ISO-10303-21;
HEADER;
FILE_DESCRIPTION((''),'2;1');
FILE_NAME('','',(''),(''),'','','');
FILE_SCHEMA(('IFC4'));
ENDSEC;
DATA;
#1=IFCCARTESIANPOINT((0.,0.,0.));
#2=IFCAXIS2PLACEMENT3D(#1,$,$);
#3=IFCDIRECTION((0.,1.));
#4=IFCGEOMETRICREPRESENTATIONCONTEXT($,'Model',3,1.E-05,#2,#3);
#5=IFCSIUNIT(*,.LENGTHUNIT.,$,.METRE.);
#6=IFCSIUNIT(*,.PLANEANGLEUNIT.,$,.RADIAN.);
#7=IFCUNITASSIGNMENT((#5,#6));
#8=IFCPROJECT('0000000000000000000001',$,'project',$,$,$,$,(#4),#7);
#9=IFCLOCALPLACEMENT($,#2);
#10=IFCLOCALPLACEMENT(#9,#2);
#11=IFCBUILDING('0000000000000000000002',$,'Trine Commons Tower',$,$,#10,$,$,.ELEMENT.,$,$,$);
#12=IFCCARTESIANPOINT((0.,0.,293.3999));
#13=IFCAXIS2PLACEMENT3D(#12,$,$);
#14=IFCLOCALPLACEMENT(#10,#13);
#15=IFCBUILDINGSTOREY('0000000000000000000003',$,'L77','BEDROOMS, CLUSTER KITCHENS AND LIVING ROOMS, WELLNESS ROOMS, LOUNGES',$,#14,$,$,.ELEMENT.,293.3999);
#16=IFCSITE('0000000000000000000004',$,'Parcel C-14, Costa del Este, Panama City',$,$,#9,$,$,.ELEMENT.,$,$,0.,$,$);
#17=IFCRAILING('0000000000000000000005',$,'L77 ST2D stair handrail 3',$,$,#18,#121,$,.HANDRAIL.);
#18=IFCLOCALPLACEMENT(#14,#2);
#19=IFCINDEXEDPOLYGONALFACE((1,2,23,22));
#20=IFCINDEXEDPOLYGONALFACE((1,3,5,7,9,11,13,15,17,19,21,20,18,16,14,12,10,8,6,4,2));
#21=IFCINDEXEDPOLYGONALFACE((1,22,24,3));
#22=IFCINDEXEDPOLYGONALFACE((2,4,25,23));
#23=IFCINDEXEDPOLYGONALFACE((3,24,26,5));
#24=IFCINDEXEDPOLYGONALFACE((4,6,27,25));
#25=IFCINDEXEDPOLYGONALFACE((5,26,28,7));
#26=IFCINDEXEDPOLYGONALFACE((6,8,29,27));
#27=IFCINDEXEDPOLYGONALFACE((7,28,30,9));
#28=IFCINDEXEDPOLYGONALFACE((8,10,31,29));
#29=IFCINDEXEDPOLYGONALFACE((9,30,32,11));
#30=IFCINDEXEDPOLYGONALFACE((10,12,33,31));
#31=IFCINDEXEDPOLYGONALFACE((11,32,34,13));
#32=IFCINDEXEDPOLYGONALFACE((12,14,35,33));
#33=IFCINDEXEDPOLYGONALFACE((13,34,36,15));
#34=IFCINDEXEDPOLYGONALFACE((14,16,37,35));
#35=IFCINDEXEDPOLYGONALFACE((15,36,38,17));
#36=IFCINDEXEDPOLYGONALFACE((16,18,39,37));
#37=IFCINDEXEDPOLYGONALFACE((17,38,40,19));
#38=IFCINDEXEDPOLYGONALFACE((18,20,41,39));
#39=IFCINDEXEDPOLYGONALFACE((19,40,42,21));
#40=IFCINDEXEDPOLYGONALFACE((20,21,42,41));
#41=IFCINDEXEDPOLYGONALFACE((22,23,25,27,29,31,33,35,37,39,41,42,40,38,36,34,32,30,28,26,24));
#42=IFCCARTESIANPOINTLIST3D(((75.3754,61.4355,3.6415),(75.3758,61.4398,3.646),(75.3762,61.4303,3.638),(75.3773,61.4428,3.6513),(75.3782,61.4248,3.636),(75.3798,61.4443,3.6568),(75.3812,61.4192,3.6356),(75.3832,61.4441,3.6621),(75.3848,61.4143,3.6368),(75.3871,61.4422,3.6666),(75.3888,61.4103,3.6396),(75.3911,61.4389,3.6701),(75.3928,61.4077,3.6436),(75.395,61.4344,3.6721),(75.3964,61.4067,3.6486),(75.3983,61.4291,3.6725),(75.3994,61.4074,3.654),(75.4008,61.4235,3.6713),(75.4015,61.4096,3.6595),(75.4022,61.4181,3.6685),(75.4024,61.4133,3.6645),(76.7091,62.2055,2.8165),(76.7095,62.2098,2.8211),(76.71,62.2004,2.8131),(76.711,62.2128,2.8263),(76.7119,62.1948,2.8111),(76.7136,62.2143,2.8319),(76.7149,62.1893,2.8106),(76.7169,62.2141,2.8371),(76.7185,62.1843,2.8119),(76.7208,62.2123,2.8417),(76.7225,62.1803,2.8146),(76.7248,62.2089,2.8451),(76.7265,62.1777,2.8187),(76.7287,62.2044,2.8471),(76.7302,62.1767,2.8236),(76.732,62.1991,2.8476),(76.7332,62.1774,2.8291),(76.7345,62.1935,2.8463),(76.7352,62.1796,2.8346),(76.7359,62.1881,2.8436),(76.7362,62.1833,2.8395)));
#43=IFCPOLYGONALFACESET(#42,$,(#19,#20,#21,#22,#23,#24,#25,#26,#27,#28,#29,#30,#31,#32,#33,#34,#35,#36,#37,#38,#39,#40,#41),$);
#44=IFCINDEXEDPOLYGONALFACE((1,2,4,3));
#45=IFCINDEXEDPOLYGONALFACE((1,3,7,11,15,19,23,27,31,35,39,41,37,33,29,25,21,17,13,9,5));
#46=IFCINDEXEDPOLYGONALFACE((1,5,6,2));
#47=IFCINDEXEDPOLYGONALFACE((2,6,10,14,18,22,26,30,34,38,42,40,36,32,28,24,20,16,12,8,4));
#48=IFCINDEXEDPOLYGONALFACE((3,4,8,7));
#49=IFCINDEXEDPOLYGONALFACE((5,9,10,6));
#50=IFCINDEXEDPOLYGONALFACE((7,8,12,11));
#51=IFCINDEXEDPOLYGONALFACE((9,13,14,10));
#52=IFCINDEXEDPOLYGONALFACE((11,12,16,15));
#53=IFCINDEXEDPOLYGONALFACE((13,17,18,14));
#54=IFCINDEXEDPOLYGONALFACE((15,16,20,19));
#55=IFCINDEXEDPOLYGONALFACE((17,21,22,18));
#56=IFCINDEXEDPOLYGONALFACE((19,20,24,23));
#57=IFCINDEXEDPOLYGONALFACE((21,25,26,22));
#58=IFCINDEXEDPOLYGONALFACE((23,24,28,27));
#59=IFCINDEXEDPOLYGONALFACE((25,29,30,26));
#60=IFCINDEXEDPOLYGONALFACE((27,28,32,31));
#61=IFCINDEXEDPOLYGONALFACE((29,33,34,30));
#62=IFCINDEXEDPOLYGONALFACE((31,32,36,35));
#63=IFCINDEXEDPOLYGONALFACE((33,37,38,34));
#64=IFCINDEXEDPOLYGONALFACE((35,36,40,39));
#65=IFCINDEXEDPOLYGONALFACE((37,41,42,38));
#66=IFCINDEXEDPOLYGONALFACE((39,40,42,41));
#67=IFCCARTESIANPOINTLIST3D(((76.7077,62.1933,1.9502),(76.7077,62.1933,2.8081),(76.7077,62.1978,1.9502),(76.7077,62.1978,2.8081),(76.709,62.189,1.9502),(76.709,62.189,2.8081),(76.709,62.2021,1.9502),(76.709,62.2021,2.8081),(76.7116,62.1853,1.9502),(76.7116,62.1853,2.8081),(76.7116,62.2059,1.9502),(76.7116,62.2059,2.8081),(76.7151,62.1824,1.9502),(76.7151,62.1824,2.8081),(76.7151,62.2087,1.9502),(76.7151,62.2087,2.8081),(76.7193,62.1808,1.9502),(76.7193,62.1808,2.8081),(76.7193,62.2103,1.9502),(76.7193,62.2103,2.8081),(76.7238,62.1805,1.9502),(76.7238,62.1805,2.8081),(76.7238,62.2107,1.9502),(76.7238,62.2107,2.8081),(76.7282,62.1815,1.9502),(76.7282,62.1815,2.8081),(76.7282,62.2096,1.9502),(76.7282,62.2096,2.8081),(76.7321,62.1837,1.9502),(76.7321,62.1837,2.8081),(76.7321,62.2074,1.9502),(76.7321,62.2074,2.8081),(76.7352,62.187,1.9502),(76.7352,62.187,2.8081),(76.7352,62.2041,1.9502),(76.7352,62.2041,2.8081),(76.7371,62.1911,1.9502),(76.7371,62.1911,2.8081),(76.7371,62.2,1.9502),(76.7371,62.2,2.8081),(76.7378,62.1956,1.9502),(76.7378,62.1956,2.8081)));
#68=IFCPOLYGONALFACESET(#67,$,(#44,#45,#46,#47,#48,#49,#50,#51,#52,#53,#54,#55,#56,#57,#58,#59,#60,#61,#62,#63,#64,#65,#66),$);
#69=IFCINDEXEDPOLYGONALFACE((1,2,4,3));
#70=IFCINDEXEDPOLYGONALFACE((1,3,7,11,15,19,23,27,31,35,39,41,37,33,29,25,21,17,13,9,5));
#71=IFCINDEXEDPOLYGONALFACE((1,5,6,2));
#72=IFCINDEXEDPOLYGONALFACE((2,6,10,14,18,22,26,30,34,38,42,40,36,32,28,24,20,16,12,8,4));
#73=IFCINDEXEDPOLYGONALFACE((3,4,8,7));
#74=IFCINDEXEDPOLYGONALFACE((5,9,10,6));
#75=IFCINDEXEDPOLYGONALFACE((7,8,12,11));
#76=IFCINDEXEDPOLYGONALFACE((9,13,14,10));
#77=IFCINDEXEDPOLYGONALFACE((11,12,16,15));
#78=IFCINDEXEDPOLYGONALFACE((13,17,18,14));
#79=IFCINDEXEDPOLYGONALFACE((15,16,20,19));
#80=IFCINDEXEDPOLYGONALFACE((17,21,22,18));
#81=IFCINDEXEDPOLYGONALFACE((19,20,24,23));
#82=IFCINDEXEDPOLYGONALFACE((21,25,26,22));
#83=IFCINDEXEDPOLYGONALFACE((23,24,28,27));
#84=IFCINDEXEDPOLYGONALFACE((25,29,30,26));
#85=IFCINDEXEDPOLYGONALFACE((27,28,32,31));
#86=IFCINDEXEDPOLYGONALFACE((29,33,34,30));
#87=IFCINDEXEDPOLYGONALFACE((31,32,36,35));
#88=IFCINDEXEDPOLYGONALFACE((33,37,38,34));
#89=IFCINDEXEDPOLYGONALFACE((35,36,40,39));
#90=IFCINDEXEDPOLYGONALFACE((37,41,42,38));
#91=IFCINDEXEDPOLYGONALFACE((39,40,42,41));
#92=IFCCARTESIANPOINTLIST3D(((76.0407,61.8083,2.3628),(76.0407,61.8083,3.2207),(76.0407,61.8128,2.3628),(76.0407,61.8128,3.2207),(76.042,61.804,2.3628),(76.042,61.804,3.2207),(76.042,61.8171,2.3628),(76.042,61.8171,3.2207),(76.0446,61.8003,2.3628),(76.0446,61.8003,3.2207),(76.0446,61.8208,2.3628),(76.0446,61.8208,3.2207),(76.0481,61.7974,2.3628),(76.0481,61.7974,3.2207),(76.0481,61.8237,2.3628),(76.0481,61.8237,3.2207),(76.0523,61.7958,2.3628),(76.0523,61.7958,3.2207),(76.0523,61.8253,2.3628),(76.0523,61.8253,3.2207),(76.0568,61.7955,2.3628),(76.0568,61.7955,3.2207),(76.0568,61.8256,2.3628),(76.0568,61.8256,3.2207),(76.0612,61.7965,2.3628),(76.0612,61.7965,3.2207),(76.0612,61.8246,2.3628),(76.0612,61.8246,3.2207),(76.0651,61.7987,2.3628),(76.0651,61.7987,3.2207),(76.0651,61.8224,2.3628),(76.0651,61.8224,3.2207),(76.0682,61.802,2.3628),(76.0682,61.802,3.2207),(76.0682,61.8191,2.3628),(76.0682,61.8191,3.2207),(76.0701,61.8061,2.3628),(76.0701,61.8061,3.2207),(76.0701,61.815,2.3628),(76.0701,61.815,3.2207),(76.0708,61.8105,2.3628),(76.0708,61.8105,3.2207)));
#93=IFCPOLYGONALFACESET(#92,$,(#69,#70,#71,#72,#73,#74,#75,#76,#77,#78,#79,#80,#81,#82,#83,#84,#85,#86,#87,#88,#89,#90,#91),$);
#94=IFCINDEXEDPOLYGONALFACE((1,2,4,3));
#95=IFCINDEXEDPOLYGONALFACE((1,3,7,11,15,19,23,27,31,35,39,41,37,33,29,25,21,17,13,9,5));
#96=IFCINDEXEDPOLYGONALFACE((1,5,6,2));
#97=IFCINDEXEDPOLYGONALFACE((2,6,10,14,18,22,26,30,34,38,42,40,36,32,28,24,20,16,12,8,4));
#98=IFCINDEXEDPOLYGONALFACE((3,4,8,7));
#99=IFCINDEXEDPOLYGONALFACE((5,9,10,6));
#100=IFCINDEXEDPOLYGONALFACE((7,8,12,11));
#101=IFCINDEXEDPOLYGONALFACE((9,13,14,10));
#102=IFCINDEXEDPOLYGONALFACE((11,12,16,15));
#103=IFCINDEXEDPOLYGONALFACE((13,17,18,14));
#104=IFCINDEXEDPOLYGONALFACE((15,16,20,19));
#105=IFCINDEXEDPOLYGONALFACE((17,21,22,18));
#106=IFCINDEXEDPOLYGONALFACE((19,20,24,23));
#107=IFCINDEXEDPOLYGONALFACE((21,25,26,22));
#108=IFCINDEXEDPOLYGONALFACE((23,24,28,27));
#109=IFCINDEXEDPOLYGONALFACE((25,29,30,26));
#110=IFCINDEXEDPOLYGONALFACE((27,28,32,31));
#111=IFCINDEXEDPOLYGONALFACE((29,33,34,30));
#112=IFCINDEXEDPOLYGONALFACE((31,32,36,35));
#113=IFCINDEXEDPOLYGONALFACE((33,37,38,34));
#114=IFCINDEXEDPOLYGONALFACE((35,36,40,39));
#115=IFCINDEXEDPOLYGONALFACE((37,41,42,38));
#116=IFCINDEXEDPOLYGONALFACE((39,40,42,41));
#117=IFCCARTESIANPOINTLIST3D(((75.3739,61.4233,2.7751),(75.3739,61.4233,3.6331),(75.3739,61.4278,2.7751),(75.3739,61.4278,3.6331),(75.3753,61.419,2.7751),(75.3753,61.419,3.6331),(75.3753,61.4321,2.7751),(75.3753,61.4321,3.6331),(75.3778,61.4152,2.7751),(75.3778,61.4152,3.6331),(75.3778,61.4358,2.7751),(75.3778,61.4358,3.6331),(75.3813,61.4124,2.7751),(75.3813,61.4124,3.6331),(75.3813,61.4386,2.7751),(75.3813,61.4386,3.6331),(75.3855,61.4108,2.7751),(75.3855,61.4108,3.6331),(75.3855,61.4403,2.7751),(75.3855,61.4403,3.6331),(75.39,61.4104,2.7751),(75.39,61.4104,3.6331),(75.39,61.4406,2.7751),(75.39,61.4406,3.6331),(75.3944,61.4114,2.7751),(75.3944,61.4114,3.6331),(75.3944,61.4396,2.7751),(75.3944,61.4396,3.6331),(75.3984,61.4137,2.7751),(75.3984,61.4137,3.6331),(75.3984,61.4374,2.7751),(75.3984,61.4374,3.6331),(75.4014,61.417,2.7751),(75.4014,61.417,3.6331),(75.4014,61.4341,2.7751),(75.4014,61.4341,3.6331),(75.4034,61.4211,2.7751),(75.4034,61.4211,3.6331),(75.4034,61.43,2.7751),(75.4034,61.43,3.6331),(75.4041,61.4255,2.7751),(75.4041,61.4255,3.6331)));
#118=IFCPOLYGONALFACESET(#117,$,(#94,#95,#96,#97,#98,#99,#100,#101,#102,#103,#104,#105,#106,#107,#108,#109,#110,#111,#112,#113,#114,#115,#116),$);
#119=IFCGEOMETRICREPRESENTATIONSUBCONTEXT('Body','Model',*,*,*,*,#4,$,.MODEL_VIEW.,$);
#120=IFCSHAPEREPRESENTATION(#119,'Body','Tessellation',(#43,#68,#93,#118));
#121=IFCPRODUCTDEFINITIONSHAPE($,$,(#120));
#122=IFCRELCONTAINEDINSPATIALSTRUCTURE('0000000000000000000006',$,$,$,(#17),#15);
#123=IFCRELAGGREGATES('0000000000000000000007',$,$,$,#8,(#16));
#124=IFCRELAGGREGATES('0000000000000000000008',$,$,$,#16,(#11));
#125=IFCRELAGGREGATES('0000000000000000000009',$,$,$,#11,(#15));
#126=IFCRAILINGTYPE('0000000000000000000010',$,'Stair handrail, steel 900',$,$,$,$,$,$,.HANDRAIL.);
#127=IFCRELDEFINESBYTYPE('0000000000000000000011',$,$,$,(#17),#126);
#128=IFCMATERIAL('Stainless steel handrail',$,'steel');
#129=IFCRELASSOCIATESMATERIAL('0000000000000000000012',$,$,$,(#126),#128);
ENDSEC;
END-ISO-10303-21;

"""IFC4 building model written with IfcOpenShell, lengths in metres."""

from ifc_helpers import new_model, si_unit, direction, frame, origin, origin_2d, place, context, subcontext, project, spatial, circle, extrude, material, type_object, element, save


model = new_model("IFC4")

# Units and contexts
model_context = context("Model", 3, precision=1e-05, world=origin(), true_north=direction((0.0, 1.0)))
body_context = subcontext(model_context, "Body", "Model", "MODEL_VIEW")
ifc_project = project(units=[si_unit("LENGTHUNIT", "METRE"), si_unit("PLANEANGLEUNIT", "RADIAN")], contexts=[model_context])

# Site, building, storey
site_placement = place(None, origin())
site = spatial("IfcSite", under=ifc_project, at=site_placement, Name="Parcel C-14, Costa del Este, Panama City", CompositionType="ELEMENT", RefElevation=0.0)
building_placement = place(site_placement, origin())
building = spatial("IfcBuilding", under=site, at=building_placement, Name="Trine Commons Tower", CompositionType="ELEMENT")
storey_placement = place(building_placement, frame((0.0, 0.0, 293.3999)))
storey = spatial("IfcBuildingStorey", under=building, at=storey_placement, Name="L77", Description="BEDROOMS, CLUSTER KITCHENS AND LIVING ROOMS, WELLNESS ROOMS, LOUNGES", CompositionType="ELEMENT", Elevation=293.3999)

# Railing
ifc_material_1 = material(Name="Stainless steel handrail", Category="steel")
railing_type_1 = type_object("IfcRailingType", Name="Stair handrail, steel 900", PredefinedType="HANDRAIL", material=ifc_material_1)
for number, where, name in (
    (1, (76.7227, 62.1956, 1.9502), "L77 ST2D stair handrail 3"),
):
    element("IfcRailing", number, at=place(storey_placement, frame(where)), inside=storey, type_object=railing_type_1, Name=name, PredefinedType="HANDRAIL", context=body_context, shape_type="SweptSolid", body=[
        extrude(circle(Radius=0.021, at=origin_2d()), frame((0.0, 0.0, 0.8789), z_axis=(-0.763405, -0.440743, 0.472185), x_axis=(0.499992, -0.86603, 0.0)), (0.0, 0.0, 1.0), 1.7471),
        extrude(circle(Radius=0.0151, at=origin_2d()), origin(), (0.0, 0.0, 1.0), 0.8579),
        extrude(circle(Radius=0.0151, at=origin_2d()), frame((-0.667, -0.385, 0.4126)), (0.0, 0.0, 1.0), 0.8579),
        extrude(circle(Radius=0.0151, at=origin_2d()), frame((-1.3337, -0.77, 0.825)), (0.0, 0.0, 1.0), 0.8579),
    ])

save(model, "model.ifc")
